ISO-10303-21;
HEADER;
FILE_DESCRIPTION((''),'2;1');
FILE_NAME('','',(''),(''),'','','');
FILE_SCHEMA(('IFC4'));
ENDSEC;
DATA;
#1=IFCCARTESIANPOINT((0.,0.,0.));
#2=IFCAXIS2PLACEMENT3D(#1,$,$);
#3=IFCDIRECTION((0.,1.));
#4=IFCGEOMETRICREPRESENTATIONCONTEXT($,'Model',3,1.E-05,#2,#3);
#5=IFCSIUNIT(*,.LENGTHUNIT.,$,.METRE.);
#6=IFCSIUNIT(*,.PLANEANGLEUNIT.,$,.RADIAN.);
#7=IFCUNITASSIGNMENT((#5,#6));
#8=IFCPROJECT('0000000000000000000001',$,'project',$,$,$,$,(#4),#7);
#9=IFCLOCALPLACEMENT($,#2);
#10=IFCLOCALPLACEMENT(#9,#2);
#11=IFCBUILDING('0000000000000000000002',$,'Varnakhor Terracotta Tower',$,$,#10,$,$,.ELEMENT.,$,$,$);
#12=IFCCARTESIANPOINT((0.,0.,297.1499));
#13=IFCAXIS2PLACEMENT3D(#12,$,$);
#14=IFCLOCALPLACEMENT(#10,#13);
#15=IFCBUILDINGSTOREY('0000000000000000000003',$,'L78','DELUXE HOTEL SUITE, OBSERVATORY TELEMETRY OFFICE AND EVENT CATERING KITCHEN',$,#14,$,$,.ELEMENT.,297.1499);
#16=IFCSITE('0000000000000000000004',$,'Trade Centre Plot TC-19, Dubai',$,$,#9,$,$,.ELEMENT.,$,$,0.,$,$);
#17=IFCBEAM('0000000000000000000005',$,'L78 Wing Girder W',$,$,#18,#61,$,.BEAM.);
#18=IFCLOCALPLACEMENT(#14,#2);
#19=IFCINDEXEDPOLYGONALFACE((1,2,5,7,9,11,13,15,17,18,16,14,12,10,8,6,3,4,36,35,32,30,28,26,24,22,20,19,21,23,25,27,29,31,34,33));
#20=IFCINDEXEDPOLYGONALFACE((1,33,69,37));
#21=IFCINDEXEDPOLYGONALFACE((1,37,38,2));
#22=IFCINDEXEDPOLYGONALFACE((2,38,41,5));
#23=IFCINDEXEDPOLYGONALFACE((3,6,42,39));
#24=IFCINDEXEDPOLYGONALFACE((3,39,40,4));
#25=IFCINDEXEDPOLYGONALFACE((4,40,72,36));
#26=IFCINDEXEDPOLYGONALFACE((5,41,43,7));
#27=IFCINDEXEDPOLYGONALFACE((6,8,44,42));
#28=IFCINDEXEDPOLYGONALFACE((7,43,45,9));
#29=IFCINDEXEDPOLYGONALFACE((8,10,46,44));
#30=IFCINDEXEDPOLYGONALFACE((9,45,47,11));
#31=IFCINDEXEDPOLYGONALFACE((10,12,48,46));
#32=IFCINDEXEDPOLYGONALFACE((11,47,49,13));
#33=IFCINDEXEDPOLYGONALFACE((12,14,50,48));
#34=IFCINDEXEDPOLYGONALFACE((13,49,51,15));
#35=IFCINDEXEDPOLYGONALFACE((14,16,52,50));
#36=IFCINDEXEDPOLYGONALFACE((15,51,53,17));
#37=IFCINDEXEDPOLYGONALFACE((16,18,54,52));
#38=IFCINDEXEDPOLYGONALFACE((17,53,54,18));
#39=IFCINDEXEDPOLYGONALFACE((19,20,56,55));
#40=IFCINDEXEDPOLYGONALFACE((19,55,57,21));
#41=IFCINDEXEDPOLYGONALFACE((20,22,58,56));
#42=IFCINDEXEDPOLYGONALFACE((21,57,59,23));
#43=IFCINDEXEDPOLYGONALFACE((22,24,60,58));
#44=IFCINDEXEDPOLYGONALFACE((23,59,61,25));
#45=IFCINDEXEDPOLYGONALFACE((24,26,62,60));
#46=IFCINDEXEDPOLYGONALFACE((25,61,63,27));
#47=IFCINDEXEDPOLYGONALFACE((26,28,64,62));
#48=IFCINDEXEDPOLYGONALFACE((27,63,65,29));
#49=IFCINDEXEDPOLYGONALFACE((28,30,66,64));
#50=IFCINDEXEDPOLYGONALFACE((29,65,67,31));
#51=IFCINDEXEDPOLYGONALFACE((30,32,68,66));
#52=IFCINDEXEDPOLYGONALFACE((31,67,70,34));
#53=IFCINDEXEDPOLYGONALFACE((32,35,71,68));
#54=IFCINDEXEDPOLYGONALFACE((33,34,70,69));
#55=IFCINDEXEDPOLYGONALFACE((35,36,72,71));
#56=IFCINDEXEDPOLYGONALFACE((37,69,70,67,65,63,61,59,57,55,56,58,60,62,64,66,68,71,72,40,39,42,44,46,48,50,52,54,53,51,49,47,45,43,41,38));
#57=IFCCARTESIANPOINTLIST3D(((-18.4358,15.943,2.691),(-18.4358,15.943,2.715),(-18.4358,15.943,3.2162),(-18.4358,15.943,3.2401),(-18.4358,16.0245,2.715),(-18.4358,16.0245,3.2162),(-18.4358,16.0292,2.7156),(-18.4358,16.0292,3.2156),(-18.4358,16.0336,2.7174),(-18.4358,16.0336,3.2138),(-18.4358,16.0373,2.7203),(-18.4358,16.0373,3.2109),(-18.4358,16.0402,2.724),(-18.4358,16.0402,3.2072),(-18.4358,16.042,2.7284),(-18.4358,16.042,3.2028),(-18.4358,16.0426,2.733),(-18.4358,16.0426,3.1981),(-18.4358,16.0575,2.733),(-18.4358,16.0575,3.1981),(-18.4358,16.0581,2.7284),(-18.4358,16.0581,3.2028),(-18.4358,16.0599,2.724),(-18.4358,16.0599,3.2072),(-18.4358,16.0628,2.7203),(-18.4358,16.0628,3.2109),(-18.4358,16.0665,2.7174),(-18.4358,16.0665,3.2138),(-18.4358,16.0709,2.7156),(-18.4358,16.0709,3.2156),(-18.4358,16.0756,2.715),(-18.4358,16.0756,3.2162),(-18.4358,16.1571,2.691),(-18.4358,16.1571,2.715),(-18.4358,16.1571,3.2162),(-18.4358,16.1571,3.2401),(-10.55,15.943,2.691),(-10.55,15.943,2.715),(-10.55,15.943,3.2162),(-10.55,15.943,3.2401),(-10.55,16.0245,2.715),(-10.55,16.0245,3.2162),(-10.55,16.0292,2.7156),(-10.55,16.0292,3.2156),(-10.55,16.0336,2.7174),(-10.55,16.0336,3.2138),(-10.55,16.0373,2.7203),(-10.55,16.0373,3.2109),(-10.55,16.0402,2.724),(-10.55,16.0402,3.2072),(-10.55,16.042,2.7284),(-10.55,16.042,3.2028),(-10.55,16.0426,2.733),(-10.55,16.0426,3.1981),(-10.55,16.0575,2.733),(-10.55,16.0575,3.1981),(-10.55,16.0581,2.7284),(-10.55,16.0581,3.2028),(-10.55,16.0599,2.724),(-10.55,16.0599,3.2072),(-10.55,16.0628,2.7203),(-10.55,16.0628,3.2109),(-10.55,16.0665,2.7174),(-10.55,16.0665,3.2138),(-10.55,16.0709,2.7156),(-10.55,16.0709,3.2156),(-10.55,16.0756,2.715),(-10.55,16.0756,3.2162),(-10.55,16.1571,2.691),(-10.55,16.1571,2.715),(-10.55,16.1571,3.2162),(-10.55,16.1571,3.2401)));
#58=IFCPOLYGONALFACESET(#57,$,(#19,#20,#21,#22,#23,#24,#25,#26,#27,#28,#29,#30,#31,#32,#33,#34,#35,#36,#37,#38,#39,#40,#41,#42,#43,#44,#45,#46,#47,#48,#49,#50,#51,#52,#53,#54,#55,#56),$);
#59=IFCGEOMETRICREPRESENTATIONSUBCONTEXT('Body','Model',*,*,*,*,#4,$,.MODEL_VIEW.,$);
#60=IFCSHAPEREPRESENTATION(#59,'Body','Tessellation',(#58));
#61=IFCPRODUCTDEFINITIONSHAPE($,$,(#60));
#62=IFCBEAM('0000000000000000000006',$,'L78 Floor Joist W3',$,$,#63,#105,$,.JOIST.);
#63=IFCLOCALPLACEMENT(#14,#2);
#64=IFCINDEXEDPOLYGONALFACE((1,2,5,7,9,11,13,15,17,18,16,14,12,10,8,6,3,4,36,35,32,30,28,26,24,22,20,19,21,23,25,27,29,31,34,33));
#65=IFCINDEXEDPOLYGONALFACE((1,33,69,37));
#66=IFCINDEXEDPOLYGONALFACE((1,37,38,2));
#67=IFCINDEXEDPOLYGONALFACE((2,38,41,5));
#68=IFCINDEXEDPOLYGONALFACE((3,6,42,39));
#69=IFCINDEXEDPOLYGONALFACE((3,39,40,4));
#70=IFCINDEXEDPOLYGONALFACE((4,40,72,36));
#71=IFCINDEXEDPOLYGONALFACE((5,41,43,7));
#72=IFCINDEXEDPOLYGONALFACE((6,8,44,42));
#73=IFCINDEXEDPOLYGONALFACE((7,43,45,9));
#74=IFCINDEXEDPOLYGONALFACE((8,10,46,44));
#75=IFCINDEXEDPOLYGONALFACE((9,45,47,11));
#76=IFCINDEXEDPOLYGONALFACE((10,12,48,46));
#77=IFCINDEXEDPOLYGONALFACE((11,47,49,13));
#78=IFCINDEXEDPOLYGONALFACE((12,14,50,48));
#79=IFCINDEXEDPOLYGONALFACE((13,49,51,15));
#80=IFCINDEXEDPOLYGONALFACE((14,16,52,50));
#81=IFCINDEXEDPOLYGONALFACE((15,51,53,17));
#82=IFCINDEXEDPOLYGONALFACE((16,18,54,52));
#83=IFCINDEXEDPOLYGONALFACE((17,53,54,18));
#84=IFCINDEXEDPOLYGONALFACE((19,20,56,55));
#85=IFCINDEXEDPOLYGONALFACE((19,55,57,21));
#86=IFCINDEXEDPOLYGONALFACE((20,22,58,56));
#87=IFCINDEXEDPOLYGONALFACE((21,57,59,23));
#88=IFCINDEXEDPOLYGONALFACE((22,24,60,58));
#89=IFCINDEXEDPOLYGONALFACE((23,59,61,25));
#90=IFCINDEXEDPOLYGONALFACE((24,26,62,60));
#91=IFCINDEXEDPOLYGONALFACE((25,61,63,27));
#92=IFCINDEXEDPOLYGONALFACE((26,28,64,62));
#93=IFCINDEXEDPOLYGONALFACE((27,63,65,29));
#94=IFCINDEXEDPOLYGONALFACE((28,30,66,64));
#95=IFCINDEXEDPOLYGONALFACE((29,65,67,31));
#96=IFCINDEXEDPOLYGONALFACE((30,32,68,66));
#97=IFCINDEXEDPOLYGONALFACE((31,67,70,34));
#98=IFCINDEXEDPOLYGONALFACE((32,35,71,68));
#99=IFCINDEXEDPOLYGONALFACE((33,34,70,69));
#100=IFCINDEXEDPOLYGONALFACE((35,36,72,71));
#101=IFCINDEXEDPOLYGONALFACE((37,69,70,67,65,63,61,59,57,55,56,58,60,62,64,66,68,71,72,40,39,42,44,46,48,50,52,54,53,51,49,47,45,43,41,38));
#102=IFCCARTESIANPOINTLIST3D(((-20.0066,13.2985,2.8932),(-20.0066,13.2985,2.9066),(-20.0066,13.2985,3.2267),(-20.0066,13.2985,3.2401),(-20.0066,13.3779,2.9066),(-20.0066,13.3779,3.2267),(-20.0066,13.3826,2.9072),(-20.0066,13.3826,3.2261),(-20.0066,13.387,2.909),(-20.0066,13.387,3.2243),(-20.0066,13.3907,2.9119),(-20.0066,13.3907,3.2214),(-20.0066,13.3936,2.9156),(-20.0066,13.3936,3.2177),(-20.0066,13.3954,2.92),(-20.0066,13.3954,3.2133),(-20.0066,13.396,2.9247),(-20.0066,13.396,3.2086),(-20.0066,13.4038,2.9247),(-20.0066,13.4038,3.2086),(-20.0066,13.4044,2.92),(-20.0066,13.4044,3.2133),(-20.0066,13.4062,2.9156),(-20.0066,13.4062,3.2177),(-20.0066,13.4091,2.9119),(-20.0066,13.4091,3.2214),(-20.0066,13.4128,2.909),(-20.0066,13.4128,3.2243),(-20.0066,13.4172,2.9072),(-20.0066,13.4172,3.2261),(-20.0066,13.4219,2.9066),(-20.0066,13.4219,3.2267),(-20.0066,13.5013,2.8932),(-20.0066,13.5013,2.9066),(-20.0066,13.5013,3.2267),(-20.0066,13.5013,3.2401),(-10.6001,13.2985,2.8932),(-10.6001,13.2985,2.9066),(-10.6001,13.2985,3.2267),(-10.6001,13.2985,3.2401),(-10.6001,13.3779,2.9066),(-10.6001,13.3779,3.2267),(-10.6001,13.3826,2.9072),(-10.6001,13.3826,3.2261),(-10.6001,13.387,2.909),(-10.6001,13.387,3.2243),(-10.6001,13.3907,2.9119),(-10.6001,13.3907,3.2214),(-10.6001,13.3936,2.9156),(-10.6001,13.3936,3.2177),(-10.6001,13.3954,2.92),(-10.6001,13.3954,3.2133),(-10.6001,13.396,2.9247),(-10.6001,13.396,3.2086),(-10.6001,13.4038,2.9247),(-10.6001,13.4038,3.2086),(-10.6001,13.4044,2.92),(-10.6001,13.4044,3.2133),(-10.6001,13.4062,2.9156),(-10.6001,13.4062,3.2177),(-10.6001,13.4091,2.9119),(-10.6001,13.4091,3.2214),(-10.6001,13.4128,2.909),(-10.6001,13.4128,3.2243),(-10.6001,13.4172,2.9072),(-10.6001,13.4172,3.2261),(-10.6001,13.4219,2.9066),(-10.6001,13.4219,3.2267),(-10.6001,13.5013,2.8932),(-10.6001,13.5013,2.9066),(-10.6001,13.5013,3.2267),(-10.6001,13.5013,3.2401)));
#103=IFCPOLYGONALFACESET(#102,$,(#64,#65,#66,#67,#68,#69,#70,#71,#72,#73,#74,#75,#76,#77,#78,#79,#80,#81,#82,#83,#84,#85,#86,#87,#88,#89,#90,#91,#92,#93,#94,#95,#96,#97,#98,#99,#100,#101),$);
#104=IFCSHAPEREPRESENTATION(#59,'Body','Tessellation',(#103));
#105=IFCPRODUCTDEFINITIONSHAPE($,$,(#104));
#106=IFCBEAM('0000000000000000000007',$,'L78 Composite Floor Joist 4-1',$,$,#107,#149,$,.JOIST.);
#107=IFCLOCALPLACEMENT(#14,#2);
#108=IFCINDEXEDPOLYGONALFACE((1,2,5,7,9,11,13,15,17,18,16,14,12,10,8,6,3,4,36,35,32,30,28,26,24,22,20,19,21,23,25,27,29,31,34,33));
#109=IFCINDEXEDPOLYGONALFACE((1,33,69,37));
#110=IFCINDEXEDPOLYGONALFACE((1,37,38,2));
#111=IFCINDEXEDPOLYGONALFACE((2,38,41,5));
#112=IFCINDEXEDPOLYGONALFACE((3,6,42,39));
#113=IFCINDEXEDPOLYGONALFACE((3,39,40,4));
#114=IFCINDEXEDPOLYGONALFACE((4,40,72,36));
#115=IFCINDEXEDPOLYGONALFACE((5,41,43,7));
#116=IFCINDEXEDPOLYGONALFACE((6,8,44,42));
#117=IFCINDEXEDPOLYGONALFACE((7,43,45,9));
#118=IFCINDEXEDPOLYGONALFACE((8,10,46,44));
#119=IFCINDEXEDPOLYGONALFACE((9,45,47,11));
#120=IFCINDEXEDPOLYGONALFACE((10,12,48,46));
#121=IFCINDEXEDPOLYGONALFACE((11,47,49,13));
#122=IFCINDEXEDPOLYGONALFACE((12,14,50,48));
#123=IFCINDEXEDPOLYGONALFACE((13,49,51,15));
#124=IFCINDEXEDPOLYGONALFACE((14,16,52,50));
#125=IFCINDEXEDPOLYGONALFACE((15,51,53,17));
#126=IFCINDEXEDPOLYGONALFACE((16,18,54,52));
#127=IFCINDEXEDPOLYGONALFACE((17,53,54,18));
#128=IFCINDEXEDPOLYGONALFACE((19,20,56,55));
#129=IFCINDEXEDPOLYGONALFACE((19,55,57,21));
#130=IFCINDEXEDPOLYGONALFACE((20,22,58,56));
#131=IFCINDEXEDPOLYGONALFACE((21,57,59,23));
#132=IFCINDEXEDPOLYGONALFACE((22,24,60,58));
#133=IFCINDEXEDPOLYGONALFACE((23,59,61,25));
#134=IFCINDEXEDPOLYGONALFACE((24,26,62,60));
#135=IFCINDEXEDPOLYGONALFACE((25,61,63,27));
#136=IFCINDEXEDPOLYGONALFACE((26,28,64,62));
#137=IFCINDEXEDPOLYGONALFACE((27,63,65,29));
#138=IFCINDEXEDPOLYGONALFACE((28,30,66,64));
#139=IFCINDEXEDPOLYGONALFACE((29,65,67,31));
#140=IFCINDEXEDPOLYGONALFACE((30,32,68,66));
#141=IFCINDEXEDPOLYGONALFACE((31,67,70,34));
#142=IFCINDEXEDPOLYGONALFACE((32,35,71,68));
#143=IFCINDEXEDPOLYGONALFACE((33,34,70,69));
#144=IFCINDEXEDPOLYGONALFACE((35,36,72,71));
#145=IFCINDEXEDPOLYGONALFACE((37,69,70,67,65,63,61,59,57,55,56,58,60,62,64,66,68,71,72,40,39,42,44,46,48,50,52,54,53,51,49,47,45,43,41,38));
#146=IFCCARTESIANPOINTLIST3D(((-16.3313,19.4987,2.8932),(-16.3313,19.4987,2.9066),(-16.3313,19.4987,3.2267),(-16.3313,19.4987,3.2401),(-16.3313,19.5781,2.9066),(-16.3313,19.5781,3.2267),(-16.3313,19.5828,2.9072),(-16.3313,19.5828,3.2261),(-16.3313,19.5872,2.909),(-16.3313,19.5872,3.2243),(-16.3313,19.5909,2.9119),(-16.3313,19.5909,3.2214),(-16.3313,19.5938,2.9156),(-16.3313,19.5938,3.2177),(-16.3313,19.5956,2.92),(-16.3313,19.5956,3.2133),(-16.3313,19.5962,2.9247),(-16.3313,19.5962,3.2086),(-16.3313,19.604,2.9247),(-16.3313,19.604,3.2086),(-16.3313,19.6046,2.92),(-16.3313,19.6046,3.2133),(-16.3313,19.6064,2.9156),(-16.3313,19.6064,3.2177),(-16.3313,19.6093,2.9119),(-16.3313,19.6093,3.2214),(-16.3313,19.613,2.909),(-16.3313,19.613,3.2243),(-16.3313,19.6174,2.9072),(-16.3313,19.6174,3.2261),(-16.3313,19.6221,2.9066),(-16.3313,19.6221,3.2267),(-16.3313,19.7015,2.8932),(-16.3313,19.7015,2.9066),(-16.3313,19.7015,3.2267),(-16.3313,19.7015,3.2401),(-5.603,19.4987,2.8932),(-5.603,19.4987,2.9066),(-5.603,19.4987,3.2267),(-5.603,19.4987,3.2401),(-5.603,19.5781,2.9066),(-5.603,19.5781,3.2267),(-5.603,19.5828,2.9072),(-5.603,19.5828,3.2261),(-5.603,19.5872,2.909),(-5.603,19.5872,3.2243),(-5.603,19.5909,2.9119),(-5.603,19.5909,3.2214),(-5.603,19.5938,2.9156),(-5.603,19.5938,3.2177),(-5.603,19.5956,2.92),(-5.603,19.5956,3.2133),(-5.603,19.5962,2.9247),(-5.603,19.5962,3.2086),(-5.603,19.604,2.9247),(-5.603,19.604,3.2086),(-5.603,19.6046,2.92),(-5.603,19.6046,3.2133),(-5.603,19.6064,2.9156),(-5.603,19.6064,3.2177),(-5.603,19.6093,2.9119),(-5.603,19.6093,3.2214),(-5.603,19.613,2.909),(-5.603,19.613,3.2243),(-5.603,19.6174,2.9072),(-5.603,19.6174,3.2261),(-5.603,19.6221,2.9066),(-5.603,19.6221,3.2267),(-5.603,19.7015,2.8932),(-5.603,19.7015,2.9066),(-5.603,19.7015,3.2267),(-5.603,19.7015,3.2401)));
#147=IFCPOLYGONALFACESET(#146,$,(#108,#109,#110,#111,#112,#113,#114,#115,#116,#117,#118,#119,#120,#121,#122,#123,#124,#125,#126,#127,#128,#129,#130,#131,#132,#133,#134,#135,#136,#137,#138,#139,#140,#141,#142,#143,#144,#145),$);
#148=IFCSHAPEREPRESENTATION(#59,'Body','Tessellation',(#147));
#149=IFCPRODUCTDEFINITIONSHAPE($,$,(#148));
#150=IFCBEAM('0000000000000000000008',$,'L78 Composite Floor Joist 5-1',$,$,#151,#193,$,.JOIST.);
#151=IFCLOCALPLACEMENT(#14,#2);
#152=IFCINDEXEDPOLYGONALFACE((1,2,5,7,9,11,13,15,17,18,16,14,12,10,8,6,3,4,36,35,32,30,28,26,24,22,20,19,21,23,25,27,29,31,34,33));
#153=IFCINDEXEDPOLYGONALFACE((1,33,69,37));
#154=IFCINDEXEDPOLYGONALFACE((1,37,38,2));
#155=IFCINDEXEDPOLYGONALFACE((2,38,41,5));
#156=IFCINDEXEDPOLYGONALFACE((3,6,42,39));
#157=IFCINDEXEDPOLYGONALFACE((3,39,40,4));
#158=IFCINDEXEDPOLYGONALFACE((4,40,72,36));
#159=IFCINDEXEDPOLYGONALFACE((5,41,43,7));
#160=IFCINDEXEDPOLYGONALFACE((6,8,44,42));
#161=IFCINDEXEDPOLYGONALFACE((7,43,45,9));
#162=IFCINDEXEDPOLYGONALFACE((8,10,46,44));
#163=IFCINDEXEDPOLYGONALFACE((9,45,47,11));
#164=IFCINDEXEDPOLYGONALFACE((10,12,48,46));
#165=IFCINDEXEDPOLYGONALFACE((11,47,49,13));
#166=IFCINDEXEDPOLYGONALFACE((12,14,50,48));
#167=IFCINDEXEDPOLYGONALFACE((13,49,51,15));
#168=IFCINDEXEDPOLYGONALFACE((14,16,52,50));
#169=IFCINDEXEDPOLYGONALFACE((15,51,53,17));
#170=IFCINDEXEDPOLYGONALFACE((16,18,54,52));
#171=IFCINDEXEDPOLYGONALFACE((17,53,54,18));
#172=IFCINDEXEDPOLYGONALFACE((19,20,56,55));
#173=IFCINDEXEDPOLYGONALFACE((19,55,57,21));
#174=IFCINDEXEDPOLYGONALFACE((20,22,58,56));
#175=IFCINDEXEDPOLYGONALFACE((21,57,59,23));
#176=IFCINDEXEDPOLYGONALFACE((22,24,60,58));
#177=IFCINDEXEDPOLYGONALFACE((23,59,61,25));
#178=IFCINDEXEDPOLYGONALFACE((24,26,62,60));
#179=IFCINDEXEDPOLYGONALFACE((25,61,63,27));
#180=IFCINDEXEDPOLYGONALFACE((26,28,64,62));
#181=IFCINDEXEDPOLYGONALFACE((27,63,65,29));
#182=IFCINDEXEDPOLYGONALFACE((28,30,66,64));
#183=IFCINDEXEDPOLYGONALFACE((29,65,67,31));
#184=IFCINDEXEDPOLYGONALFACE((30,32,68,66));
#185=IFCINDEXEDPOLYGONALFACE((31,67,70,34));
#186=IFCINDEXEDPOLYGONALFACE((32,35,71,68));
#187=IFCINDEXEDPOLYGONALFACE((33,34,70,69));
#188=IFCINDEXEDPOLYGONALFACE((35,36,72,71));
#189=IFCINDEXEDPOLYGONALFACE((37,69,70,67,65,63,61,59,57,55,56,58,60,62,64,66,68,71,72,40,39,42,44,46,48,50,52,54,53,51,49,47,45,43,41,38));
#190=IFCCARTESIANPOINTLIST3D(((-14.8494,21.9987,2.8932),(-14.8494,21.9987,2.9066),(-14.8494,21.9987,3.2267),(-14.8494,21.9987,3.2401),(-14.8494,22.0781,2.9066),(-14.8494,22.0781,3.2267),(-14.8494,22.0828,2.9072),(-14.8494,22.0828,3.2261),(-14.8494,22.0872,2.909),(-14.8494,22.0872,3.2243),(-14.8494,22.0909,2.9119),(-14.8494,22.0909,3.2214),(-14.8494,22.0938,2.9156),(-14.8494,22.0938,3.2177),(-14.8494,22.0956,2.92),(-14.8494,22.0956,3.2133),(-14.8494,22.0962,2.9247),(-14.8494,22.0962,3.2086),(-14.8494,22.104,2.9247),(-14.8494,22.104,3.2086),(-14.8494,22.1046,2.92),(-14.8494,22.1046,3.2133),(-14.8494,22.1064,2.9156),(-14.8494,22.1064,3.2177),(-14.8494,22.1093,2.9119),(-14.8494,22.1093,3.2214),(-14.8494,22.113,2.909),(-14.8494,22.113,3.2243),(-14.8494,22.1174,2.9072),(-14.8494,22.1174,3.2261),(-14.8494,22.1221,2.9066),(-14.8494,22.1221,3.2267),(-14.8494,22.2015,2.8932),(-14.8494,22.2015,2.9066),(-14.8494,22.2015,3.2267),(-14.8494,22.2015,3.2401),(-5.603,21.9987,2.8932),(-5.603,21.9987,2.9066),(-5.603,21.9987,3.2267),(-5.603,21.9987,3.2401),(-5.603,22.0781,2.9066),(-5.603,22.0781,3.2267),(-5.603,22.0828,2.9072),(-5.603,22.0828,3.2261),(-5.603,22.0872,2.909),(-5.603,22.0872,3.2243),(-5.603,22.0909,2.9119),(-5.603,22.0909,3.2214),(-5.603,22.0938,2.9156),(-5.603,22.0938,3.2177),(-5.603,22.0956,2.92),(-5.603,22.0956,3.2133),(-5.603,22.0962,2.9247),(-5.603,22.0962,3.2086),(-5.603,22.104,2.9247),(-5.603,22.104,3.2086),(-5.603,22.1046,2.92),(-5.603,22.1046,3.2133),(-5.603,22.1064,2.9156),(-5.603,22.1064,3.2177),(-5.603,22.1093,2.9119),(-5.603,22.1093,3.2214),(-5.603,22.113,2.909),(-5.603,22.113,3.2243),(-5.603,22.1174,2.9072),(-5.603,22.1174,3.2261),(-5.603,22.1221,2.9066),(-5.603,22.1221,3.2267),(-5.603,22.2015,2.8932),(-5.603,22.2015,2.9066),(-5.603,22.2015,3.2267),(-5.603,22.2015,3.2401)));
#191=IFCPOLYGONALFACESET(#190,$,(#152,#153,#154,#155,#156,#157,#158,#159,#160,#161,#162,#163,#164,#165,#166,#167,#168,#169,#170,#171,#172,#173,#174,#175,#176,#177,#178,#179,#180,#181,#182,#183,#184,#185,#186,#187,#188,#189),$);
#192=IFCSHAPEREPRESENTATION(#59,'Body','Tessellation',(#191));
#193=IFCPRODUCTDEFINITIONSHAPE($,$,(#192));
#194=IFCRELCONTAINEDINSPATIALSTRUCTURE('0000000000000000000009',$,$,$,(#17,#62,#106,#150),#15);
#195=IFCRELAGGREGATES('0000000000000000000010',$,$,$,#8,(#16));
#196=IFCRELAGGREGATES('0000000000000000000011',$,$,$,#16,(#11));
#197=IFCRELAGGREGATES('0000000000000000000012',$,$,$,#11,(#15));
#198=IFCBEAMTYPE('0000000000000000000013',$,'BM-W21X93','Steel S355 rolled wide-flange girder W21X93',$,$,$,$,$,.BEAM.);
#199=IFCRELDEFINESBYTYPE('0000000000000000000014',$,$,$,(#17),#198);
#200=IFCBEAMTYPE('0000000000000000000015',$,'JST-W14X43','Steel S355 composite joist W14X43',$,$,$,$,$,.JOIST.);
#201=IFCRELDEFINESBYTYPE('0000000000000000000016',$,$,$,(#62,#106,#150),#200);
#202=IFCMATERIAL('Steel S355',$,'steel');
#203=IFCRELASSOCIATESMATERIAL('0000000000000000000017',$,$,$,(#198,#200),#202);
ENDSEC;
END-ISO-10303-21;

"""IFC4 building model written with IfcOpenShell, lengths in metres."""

from ifc_helpers import new_model, si_unit, direction, frame, origin, origin_2d, place, context, subcontext, project, spatial, i_section, extrude, source, transform, mapped, material, material_profile, profile_set, type_object, element, save


model = new_model("IFC4")

# Units and contexts
model_context = context("Model", 3, precision=1e-05, world=origin(), true_north=direction((0.0, 1.0)))
body_context = subcontext(model_context, "Body", "Model", "MODEL_VIEW")
ifc_project = project(units=[si_unit("LENGTHUNIT", "METRE"), si_unit("PLANEANGLEUNIT", "RADIAN")], contexts=[model_context])

# Site, building, storey
site_placement = place(None, origin())
site = spatial("IfcSite", under=ifc_project, at=site_placement, Name="Trade Centre Plot TC-19, Dubai", CompositionType="ELEMENT", RefElevation=0.0)
building_placement = place(site_placement, origin())
building = spatial("IfcBuilding", under=site, at=building_placement, Name="Varnakhor Terracotta Tower", CompositionType="ELEMENT")
storey_placement = place(building_placement, frame((0.0, 0.0, 297.1499)))
storey = spatial("IfcBuildingStorey", under=building, at=storey_placement, Name="L78", Description="DELUXE HOTEL SUITE, OBSERVATORY TELEMETRY OFFICE AND EVENT CATERING KITCHEN", CompositionType="ELEMENT", Elevation=297.1499)

# Beams
ifc_material_1 = material(Name="Steel S355", Category="steel")
ifc_material_profile_1 = material_profile(ifc_material_1, i_section(OverallWidth=0.2141, OverallDepth=0.5491, WebThickness=0.0149, FlangeThickness=0.0239, FilletRadius=0.0181, at=origin_2d()), Name="W21X93")
ifc_profile_set_1 = profile_set([ifc_material_profile_1], Name="Steel S355")
beam_type_1 = type_object("IfcBeamType", Name="BM-W21X93", Description="Steel S355 rolled wide-flange girder W21X93", PredefinedType="BEAM", material=ifc_profile_set_1)
shared_shape_1 = source(origin(), body_context, "Body", "SweptSolid", [
    extrude(i_section(OverallWidth=0.2141, OverallDepth=0.5491, WebThickness=0.0149, FlangeThickness=0.0239, FilletRadius=0.0181, at=origin_2d()), origin(), (0.0, 0.0, 1.0), 7.8857),
])
beam_1_placement = place(storey_placement, frame((-18.4358, 16.05, 2.9656), z_axis=(1.0, 0.0, 0.0), x_axis=(0.0, 1.0, 0.0)))
element("IfcBeam", 1, at=beam_1_placement, inside=storey, type_object=beam_type_1, Name="L78 Wing Girder W", PredefinedType="BEAM", context=body_context, shape_type="MappedRepresentation", body=[
    mapped(shared_shape_1, transform((0.0, 0.0, 0.0), scale=1.0)),
])
ifc_material_profile_2 = material_profile(ifc_material_1, i_section(OverallWidth=0.2029, OverallDepth=0.3469, WebThickness=0.0078, FlangeThickness=0.0134, FilletRadius=0.0181, at=origin_2d()), Name="W14X43")
ifc_profile_set_2 = profile_set([ifc_material_profile_2], Name="Steel S355")
beam_type_2 = type_object("IfcBeamType", Name="JST-W14X43", Description="Steel S355 composite joist W14X43", PredefinedType="JOIST", material=ifc_profile_set_2)
shared_shape_2 = source(origin(), body_context, "Body", "SweptSolid", [
    extrude(i_section(OverallWidth=0.2029, OverallDepth=0.3469, WebThickness=0.0078, FlangeThickness=0.0134, FilletRadius=0.0181, at=origin_2d()), origin(), (0.0, 0.0, 1.0), 9.4065),
])
beam_2_placement = place(storey_placement, frame((-20.0066, 13.3999, 3.0667), z_axis=(1.0, 0.0, 0.0), x_axis=(0.0, 1.0, 0.0)))
element("IfcBeam", 2, at=beam_2_placement, inside=storey, type_object=beam_type_2, Name="L78 Floor Joist W3", PredefinedType="JOIST", context=body_context, shape_type="MappedRepresentation", body=[
    mapped(shared_shape_2, transform((0.0, 0.0, 0.0), scale=1.0)),
])
shared_shape_3 = source(origin(), body_context, "Body", "SweptSolid", [
    extrude(i_section(OverallWidth=0.2029, OverallDepth=0.3469, WebThickness=0.0078, FlangeThickness=0.0134, FilletRadius=0.0181, at=origin_2d()), origin(), (0.0, 0.0, 1.0), 10.7283),
])
beam_3_placement = place(storey_placement, frame((-16.3313, 19.6001, 3.0667), z_axis=(1.0, 0.0, 0.0), x_axis=(0.0, 1.0, 0.0)))
element("IfcBeam", 3, at=beam_3_placement, inside=storey, type_object=beam_type_2, Name="L78 Composite Floor Joist 4-1", PredefinedType="JOIST", context=body_context, shape_type="MappedRepresentation", body=[
    mapped(shared_shape_3, transform((0.0, 0.0, 0.0), scale=1.0)),
])
shared_shape_4 = source(origin(), body_context, "Body", "SweptSolid", [
    extrude(i_section(OverallWidth=0.2029, OverallDepth=0.3469, WebThickness=0.0078, FlangeThickness=0.0134, FilletRadius=0.0181, at=origin_2d()), origin(), (0.0, 0.0, 1.0), 9.2463),
])
beam_4_placement = place(storey_placement, frame((-14.8494, 22.1001, 3.0667), z_axis=(1.0, 0.0, 0.0), x_axis=(0.0, 1.0, 0.0)))
element("IfcBeam", 4, at=beam_4_placement, inside=storey, type_object=beam_type_2, Name="L78 Composite Floor Joist 5-1", PredefinedType="JOIST", context=body_context, shape_type="MappedRepresentation", body=[
    mapped(shared_shape_4, transform((0.0, 0.0, 0.0), scale=1.0)),
])

save(model, "model.ifc")
